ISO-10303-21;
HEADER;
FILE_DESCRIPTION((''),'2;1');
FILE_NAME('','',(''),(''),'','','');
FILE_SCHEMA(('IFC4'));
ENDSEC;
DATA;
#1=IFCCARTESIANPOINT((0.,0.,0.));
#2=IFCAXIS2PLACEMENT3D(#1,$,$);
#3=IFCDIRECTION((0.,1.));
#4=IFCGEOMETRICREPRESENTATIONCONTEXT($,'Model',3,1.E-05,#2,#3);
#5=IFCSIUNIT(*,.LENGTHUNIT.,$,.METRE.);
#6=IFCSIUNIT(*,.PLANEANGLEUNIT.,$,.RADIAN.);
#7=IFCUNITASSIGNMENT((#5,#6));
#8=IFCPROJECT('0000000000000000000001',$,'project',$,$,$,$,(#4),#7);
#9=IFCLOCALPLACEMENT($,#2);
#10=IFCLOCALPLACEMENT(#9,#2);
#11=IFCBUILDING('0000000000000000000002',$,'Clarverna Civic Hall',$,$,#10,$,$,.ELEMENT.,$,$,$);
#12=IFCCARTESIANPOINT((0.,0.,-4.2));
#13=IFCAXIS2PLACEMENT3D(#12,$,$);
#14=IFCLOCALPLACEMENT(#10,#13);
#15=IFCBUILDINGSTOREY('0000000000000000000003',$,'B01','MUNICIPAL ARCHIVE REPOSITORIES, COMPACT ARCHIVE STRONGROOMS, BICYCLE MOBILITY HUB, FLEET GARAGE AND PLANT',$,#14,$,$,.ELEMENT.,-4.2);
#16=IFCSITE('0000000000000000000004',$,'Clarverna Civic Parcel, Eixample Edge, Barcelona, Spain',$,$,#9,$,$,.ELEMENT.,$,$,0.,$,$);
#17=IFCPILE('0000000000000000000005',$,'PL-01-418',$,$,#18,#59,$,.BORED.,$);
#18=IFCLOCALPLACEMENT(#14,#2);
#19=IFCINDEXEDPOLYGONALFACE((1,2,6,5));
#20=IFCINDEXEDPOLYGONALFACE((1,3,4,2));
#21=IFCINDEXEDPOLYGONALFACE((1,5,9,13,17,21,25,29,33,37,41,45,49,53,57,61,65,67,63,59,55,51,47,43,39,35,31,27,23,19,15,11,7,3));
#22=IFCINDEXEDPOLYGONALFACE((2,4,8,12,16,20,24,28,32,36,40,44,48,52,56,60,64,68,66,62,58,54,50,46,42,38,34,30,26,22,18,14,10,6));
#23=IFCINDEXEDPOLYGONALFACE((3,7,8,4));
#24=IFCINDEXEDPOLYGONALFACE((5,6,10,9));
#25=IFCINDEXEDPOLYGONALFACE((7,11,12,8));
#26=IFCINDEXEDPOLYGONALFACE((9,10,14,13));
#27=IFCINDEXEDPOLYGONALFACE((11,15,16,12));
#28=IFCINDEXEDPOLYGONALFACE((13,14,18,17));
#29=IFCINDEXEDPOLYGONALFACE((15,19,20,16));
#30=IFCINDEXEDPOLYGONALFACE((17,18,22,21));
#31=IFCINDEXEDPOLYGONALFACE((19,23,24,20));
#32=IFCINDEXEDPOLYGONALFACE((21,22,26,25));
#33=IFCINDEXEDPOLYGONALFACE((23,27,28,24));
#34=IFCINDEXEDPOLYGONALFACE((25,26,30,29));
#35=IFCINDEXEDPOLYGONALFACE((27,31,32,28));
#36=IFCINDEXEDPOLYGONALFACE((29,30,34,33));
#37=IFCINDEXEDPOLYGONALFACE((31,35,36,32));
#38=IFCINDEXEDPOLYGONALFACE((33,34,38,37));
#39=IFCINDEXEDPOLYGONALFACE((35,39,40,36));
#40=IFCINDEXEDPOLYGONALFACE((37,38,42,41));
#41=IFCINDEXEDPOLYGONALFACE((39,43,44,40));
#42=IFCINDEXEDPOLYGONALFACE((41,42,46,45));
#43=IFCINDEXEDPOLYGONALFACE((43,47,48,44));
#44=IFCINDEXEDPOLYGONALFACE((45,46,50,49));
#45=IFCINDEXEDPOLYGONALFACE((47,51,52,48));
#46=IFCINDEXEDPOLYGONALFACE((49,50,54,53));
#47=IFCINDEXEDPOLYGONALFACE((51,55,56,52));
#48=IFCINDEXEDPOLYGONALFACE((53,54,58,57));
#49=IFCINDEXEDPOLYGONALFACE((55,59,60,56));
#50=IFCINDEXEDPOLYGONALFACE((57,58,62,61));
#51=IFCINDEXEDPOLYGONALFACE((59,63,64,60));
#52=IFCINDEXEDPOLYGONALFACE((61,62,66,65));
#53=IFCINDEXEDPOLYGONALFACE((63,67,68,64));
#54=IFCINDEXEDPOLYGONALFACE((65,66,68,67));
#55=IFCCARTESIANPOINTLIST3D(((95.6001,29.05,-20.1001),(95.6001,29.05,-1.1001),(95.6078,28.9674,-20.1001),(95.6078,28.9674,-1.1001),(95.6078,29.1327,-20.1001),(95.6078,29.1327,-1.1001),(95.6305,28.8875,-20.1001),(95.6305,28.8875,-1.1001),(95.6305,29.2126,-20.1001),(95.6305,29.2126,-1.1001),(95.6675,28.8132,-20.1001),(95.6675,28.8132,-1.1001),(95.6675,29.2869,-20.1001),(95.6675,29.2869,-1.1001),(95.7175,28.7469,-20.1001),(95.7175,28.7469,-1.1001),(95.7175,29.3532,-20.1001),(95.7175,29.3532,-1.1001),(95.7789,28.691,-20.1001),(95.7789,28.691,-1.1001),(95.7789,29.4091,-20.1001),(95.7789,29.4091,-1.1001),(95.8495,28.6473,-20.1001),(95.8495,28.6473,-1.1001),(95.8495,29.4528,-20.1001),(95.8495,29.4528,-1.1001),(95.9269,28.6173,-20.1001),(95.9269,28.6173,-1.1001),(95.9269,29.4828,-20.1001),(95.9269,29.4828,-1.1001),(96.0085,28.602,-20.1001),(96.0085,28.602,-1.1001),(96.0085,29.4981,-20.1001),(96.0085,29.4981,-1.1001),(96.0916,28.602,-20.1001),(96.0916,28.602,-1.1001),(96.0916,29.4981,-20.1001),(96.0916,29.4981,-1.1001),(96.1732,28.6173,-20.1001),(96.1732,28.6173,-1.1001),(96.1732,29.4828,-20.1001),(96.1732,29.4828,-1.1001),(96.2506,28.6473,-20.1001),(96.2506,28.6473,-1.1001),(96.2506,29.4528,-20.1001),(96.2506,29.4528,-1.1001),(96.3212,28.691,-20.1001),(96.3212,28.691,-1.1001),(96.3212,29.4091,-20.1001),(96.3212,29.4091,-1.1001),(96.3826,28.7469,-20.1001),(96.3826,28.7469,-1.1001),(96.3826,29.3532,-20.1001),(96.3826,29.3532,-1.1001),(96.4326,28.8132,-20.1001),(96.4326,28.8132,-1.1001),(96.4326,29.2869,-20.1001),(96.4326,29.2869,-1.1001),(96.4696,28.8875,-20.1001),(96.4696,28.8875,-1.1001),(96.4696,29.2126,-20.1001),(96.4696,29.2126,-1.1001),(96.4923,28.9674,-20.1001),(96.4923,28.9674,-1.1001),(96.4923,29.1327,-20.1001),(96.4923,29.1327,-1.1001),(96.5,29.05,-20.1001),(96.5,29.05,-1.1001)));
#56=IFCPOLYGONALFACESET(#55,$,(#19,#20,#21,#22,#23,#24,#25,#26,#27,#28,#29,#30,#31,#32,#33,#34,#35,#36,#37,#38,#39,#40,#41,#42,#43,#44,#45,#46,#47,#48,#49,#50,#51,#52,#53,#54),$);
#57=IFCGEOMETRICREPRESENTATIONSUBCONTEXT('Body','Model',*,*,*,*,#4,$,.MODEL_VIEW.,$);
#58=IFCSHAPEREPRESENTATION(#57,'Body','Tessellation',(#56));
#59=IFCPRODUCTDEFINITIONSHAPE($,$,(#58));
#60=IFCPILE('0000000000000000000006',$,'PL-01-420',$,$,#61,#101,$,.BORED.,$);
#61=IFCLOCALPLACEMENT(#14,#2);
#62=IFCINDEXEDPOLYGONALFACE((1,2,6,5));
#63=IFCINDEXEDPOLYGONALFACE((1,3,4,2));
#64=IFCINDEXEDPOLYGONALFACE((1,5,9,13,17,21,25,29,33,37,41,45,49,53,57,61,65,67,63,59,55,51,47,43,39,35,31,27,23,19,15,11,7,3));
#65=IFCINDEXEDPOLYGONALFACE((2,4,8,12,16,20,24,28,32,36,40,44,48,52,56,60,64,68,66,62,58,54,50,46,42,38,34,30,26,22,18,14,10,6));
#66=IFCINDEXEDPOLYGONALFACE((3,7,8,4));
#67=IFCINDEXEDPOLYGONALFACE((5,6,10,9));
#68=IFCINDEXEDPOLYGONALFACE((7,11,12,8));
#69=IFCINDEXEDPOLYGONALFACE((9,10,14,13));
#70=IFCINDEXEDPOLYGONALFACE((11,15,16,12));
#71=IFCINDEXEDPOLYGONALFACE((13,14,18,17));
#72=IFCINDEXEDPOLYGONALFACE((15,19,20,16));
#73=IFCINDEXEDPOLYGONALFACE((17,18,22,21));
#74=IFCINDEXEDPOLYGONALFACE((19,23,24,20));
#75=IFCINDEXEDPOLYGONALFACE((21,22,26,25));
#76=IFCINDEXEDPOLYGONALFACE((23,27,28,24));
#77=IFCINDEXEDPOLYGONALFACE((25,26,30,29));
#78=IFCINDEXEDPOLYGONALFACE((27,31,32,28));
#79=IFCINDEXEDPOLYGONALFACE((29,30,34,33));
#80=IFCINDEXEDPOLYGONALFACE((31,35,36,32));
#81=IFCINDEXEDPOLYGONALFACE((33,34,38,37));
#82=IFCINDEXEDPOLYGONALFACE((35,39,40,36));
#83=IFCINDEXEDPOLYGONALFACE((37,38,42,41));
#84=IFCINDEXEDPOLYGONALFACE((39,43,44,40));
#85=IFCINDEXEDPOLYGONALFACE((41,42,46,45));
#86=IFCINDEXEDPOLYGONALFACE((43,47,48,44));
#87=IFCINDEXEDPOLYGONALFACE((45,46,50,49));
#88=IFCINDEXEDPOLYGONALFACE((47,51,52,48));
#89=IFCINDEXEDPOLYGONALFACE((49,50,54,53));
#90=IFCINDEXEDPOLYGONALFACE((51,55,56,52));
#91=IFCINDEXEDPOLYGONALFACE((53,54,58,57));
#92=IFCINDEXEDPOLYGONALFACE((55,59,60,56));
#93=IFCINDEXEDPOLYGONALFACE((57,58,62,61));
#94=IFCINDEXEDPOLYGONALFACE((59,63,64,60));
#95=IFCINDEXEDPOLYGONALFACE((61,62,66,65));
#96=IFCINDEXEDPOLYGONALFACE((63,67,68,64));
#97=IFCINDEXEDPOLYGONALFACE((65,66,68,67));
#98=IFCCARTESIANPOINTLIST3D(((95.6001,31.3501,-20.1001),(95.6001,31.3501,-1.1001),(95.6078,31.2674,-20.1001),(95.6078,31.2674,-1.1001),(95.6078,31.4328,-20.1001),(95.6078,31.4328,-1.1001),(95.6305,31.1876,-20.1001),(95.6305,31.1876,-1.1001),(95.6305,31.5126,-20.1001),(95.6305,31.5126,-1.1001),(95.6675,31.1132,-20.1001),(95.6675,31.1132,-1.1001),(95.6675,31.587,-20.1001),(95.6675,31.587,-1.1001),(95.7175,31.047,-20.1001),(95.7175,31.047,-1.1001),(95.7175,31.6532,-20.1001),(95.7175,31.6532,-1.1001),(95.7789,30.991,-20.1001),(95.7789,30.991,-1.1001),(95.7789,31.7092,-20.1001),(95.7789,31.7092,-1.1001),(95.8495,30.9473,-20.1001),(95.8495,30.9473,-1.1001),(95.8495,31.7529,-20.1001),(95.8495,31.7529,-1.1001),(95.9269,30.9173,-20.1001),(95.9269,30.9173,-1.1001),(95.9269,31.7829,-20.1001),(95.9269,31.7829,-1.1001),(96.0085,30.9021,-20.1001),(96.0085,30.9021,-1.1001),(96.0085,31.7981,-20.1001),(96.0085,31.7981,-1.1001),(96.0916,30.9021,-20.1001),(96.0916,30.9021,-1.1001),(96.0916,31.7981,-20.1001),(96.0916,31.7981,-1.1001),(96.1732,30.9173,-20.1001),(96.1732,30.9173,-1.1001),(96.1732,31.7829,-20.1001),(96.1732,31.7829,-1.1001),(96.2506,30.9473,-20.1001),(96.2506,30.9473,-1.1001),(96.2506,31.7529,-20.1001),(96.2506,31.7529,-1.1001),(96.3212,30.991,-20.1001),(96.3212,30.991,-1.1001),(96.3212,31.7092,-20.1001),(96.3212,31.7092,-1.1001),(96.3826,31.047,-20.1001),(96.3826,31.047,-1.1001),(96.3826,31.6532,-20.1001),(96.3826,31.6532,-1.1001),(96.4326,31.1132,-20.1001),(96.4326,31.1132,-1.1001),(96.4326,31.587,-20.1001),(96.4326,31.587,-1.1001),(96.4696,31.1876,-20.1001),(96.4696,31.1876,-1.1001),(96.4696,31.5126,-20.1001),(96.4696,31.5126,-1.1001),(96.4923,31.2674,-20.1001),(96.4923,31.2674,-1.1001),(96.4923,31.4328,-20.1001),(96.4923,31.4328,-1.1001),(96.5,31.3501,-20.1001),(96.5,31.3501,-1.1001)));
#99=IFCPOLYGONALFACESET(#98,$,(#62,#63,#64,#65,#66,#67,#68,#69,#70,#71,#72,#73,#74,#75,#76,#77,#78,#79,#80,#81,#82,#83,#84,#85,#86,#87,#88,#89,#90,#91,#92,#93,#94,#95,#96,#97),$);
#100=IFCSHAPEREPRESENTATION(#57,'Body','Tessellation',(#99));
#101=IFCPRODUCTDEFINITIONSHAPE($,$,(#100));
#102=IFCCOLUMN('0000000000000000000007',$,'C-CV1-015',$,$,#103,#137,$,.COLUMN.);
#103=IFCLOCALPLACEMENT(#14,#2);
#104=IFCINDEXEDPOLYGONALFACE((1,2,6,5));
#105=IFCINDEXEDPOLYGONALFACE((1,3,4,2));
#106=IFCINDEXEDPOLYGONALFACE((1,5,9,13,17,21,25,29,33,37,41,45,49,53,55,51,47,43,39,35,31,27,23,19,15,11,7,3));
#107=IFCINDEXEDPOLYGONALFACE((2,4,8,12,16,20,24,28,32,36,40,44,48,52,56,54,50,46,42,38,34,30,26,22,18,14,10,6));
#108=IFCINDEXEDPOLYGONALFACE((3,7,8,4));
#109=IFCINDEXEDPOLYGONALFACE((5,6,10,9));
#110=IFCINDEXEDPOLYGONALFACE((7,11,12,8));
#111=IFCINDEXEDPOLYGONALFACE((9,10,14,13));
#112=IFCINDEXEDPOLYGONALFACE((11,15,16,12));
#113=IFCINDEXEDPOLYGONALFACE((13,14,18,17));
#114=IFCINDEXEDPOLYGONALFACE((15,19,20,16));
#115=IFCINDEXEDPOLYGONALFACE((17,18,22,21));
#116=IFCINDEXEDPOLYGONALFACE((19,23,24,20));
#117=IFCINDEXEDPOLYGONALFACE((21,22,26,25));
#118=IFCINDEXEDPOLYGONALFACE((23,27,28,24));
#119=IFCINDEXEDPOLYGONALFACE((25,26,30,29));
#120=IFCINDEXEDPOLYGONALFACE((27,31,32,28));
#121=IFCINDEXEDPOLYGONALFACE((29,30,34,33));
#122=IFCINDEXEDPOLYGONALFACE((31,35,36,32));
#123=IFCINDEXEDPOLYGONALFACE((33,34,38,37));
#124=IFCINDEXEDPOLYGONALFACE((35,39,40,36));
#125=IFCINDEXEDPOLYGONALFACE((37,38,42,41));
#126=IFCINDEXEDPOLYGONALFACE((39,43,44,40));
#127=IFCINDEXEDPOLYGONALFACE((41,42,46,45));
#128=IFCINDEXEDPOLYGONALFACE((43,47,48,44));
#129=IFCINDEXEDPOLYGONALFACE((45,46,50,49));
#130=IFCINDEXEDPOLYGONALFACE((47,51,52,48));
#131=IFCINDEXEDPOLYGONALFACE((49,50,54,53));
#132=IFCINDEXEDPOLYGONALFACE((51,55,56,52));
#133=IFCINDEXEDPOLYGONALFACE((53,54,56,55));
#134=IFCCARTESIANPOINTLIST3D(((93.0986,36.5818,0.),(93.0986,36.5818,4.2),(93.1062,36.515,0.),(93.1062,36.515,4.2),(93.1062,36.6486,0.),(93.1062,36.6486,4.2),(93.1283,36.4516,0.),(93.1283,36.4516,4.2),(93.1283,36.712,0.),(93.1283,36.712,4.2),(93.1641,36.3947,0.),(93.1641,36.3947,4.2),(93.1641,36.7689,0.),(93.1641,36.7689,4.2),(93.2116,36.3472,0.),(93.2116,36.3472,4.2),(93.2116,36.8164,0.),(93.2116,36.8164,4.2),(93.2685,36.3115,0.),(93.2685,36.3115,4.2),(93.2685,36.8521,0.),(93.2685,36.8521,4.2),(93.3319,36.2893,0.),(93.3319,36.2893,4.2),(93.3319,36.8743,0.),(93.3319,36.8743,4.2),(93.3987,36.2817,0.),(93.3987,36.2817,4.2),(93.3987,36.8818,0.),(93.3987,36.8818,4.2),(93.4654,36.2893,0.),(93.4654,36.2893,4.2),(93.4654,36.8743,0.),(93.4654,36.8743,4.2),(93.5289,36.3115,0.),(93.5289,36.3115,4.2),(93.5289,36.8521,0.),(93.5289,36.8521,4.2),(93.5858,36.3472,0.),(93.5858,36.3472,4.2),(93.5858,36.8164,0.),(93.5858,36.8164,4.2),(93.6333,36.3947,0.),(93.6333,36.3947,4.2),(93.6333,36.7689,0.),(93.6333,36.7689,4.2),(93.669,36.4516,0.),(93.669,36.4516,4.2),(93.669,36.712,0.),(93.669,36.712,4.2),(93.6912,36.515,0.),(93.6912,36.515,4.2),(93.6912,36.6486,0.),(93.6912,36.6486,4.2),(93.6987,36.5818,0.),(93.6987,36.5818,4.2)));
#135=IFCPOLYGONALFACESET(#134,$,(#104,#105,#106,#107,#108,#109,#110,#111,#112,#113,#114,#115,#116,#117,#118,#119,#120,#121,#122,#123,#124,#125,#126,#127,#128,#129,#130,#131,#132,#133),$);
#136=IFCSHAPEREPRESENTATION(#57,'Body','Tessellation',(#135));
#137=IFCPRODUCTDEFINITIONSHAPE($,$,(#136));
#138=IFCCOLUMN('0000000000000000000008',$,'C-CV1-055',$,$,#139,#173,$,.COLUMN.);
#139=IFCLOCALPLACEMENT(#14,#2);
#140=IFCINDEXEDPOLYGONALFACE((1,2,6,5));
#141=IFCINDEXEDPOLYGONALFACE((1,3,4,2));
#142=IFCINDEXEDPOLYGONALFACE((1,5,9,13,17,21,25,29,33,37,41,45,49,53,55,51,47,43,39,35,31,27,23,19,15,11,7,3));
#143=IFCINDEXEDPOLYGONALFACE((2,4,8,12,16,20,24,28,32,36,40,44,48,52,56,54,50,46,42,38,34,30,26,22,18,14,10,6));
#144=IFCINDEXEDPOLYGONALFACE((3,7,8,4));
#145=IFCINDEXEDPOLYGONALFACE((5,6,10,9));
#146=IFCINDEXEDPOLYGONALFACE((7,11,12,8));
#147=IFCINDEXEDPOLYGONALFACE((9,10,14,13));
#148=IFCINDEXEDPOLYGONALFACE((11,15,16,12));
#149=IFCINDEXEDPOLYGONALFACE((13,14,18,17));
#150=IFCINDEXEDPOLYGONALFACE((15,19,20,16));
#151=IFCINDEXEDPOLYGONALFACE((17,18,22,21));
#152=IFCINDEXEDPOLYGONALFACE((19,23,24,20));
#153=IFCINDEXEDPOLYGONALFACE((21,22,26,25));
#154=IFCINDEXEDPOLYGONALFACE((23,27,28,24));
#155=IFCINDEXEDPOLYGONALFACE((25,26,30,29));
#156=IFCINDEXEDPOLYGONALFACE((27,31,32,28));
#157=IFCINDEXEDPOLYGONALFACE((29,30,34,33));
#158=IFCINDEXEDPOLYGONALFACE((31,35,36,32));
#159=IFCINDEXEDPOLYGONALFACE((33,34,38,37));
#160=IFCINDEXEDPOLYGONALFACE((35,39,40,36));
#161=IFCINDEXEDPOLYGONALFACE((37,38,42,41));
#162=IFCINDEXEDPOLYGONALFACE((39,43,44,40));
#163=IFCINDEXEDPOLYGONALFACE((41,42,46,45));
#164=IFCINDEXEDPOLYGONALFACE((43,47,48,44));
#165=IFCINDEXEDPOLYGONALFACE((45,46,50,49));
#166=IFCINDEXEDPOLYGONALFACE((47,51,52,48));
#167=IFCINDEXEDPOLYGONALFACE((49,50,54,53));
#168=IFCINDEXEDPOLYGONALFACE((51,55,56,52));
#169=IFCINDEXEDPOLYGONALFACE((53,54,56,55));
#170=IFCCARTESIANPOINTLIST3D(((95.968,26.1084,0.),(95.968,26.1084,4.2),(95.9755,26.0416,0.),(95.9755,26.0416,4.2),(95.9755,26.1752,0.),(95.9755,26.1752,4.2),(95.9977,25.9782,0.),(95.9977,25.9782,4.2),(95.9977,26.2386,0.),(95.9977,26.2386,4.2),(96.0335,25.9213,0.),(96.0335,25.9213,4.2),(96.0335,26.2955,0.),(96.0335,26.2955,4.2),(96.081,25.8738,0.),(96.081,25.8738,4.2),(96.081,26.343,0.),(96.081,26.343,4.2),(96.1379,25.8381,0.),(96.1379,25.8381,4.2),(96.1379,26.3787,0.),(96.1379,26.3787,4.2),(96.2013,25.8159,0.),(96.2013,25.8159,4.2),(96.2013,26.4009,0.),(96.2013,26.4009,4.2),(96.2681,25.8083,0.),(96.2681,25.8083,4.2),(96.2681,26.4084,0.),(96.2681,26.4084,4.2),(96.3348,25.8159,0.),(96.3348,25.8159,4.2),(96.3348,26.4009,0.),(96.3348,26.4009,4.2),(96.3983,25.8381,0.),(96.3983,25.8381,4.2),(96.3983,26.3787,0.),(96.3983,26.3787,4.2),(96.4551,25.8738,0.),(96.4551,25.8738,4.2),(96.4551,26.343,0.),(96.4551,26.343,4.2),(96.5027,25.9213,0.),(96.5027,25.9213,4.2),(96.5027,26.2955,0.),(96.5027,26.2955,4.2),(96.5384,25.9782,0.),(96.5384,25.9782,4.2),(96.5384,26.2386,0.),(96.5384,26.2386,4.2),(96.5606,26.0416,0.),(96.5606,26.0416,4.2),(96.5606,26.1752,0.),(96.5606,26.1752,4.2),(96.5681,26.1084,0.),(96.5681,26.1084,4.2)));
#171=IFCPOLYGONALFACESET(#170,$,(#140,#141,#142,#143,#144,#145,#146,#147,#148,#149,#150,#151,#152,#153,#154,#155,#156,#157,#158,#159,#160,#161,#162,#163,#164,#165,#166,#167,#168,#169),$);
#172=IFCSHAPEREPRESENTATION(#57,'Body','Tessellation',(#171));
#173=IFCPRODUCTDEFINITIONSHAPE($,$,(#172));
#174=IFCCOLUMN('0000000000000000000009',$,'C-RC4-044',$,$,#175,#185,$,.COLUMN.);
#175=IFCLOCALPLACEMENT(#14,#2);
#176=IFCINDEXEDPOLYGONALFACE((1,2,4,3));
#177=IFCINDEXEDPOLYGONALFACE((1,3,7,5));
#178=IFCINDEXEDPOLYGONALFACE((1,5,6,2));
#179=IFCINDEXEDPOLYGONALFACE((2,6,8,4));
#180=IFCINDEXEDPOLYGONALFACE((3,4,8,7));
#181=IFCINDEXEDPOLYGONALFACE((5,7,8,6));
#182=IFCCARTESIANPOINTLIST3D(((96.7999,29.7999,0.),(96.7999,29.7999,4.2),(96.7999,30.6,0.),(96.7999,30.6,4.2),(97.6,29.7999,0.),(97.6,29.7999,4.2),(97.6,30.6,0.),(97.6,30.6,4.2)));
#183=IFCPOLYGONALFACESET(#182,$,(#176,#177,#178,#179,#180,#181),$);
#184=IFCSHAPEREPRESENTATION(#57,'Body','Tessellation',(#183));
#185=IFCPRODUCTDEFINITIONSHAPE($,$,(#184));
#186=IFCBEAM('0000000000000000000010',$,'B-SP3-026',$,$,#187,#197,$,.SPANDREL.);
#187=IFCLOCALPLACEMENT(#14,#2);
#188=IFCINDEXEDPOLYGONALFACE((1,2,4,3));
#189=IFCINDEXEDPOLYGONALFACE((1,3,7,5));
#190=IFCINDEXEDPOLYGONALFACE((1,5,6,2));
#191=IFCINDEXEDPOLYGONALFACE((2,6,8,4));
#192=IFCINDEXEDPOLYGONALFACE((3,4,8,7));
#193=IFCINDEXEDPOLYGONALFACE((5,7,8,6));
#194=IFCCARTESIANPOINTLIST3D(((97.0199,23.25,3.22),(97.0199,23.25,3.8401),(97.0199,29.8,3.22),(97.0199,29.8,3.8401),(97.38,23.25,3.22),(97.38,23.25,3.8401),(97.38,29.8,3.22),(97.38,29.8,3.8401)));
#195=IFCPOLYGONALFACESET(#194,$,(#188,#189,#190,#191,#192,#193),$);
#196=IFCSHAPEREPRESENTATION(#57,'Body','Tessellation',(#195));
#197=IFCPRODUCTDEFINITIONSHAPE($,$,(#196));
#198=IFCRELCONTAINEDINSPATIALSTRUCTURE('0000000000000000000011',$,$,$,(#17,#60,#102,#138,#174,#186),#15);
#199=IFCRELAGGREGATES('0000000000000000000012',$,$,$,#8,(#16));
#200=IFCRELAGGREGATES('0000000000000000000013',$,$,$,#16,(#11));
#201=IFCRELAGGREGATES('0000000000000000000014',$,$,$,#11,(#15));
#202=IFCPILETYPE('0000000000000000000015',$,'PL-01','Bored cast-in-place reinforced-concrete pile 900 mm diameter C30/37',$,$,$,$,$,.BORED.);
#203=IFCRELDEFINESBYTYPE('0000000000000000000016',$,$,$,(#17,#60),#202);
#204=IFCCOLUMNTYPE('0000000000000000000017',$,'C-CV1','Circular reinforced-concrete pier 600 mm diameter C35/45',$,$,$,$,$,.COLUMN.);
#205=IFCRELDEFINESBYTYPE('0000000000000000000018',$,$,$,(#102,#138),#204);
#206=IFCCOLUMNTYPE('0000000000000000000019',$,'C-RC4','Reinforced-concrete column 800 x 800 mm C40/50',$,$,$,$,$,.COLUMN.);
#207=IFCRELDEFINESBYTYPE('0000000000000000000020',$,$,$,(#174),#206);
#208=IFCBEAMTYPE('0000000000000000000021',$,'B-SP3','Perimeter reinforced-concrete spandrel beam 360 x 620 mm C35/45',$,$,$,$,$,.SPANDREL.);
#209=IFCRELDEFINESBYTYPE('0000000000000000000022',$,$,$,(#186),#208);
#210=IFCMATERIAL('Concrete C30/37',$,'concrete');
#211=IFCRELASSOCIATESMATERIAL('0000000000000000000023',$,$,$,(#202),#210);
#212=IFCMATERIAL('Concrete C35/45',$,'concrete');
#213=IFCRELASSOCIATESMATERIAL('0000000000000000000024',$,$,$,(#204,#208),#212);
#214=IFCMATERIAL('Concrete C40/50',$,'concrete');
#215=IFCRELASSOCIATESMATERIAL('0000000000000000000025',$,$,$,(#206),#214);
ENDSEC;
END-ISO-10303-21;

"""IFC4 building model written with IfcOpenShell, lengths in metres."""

from ifc_helpers import new_model, si_unit, direction, frame, origin, origin_2d, place, context, subcontext, project, spatial, rectangle, circle, extrude, material, material_profile, profile_set, type_object, element, save


model = new_model("IFC4")

# Units and contexts
model_context = context("Model", 3, precision=1e-05, world=origin(), true_north=direction((0.0, 1.0)))
body_context = subcontext(model_context, "Body", "Model", "MODEL_VIEW")
ifc_project = project(units=[si_unit("LENGTHUNIT", "METRE"), si_unit("PLANEANGLEUNIT", "RADIAN")], contexts=[model_context])

# Site, building, storey
site_placement = place(None, origin())
site = spatial("IfcSite", under=ifc_project, at=site_placement, Name="Clarverna Civic Parcel, Eixample Edge, Barcelona, Spain", CompositionType="ELEMENT", RefElevation=0.0)
building_placement = place(site_placement, origin())
building = spatial("IfcBuilding", under=site, at=building_placement, Name="Clarverna Civic Hall", CompositionType="ELEMENT")
storey_placement = place(building_placement, frame((0.0, 0.0, -4.2)))
storey = spatial("IfcBuildingStorey", under=building, at=storey_placement, Name="B01", Description="MUNICIPAL ARCHIVE REPOSITORIES, COMPACT ARCHIVE STRONGROOMS, BICYCLE MOBILITY HUB, FLEET GARAGE AND PLANT", CompositionType="ELEMENT", Elevation=-4.2)

# Shared definitions
ifc_material_1 = material(Name="Concrete C30/37", Category="concrete")

# Piles
ifc_material_profile_1 = material_profile(ifc_material_1, circle(Radius=0.45, at=origin_2d()), Name="BORED PILE D900")
ifc_profile_set_1 = profile_set([ifc_material_profile_1], Name="Concrete C30/37")
pile_type = type_object("IfcPileType", Name="PL-01", Description="Bored cast-in-place reinforced-concrete pile 900 mm diameter C30/37", PredefinedType="BORED", material=ifc_profile_set_1)
for number, where, z_axis, x_axis, name in (
    (1, (96.05, 29.05, -1.1001), (0.0, 0.0, -1.0), (1.0, 0.0, 0.0), "PL-01-418"),
    (2, (96.05, 31.3501, -1.1001), (0.0, 0.0, -1.0), (1.0, 0.0, 0.0), "PL-01-420"),
):
    element("IfcPile", number, at=place(storey_placement, frame(where, z_axis=z_axis, x_axis=x_axis)), inside=storey, type_object=pile_type, Name=name, PredefinedType="BORED", context=body_context, shape_type="SweptSolid", body=[
        extrude(circle(Radius=0.45, at=origin_2d()), origin(), (0.0, 0.0, 1.0), 19.0),
    ])

# Columns
ifc_material_2 = material(Name="Concrete C35/45", Category="concrete")
ifc_material_profile_2 = material_profile(ifc_material_2, circle(Radius=0.3, at=origin_2d()), Name="RC D600")
ifc_profile_set_2 = profile_set([ifc_material_profile_2], Name="Concrete C35/45")
column_type_1 = type_object("IfcColumnType", Name="C-CV1", Description="Circular reinforced-concrete pier 600 mm diameter C35/45", PredefinedType="COLUMN", material=ifc_profile_set_2)
for number, where, z_axis, x_axis, name in (
    (3, (93.3987, 36.5818, 0.0), (0.0, 0.0, 1.0), (1.0, 0.0, 0.0), "C-CV1-015"),
    (4, (96.2681, 26.1084, 0.0), (0.0, 0.0, 1.0), (1.0, 0.0, 0.0), "C-CV1-055"),
):
    element("IfcColumn", number, at=place(storey_placement, frame(where, z_axis=z_axis, x_axis=x_axis)), inside=storey, type_object=column_type_1, Name=name, PredefinedType="COLUMN", context=body_context, shape_type="SweptSolid", body=[
        extrude(circle(Radius=0.3, at=origin_2d()), origin(), (0.0, 0.0, 1.0), 4.2),
    ])
ifc_material_3 = material(Name="Concrete C40/50", Category="concrete")
ifc_material_profile_3 = material_profile(ifc_material_3, rectangle(XDim=0.8, YDim=0.8, at=origin_2d()), Name="RC 800x800")
ifc_profile_set_3 = profile_set([ifc_material_profile_3], Name="Concrete C40/50")
column_type_2 = type_object("IfcColumnType", Name="C-RC4", Description="Reinforced-concrete column 800 x 800 mm C40/50", PredefinedType="COLUMN", material=ifc_profile_set_3)
column_placement = place(storey_placement, frame((97.2, 30.2, 0.0), z_axis=(0.0, 0.0, 1.0), x_axis=(1.0, 0.0, 0.0)))
element("IfcColumn", 5, at=column_placement, inside=storey, type_object=column_type_2, Name="C-RC4-044", PredefinedType="COLUMN", context=body_context, shape_type="SweptSolid", body=[
    extrude(rectangle(XDim=0.8, YDim=0.8, at=origin_2d()), origin(), (0.0, 0.0, 1.0), 4.2),
])

# Beam
ifc_material_profile_4 = material_profile(ifc_material_2, rectangle(XDim=0.3601, YDim=0.6201, at=origin_2d()), Name="RC 360x620")
ifc_profile_set_4 = profile_set([ifc_material_profile_4], Name="Concrete C35/45")
beam_type_1 = type_object("IfcBeamType", Name="B-SP3", Description="Perimeter reinforced-concrete spandrel beam 360 x 620 mm C35/45", PredefinedType="SPANDREL", material=ifc_profile_set_4)
beam_1_placement = place(storey_placement, frame((97.2, 23.25, 3.53), z_axis=(0.0, 1.0, 0.0), x_axis=(-1.0, 0.0, 0.0)))
element("IfcBeam", 6, at=beam_1_placement, inside=storey, type_object=beam_type_1, Name="B-SP3-026", PredefinedType="SPANDREL", context=body_context, shape_type="SweptSolid", body=[
    extrude(rectangle(XDim=0.3601, YDim=0.6201, at=origin_2d()), origin(), (0.0, 0.0, 1.0), 6.55),
])

save(model, "model.ifc")
